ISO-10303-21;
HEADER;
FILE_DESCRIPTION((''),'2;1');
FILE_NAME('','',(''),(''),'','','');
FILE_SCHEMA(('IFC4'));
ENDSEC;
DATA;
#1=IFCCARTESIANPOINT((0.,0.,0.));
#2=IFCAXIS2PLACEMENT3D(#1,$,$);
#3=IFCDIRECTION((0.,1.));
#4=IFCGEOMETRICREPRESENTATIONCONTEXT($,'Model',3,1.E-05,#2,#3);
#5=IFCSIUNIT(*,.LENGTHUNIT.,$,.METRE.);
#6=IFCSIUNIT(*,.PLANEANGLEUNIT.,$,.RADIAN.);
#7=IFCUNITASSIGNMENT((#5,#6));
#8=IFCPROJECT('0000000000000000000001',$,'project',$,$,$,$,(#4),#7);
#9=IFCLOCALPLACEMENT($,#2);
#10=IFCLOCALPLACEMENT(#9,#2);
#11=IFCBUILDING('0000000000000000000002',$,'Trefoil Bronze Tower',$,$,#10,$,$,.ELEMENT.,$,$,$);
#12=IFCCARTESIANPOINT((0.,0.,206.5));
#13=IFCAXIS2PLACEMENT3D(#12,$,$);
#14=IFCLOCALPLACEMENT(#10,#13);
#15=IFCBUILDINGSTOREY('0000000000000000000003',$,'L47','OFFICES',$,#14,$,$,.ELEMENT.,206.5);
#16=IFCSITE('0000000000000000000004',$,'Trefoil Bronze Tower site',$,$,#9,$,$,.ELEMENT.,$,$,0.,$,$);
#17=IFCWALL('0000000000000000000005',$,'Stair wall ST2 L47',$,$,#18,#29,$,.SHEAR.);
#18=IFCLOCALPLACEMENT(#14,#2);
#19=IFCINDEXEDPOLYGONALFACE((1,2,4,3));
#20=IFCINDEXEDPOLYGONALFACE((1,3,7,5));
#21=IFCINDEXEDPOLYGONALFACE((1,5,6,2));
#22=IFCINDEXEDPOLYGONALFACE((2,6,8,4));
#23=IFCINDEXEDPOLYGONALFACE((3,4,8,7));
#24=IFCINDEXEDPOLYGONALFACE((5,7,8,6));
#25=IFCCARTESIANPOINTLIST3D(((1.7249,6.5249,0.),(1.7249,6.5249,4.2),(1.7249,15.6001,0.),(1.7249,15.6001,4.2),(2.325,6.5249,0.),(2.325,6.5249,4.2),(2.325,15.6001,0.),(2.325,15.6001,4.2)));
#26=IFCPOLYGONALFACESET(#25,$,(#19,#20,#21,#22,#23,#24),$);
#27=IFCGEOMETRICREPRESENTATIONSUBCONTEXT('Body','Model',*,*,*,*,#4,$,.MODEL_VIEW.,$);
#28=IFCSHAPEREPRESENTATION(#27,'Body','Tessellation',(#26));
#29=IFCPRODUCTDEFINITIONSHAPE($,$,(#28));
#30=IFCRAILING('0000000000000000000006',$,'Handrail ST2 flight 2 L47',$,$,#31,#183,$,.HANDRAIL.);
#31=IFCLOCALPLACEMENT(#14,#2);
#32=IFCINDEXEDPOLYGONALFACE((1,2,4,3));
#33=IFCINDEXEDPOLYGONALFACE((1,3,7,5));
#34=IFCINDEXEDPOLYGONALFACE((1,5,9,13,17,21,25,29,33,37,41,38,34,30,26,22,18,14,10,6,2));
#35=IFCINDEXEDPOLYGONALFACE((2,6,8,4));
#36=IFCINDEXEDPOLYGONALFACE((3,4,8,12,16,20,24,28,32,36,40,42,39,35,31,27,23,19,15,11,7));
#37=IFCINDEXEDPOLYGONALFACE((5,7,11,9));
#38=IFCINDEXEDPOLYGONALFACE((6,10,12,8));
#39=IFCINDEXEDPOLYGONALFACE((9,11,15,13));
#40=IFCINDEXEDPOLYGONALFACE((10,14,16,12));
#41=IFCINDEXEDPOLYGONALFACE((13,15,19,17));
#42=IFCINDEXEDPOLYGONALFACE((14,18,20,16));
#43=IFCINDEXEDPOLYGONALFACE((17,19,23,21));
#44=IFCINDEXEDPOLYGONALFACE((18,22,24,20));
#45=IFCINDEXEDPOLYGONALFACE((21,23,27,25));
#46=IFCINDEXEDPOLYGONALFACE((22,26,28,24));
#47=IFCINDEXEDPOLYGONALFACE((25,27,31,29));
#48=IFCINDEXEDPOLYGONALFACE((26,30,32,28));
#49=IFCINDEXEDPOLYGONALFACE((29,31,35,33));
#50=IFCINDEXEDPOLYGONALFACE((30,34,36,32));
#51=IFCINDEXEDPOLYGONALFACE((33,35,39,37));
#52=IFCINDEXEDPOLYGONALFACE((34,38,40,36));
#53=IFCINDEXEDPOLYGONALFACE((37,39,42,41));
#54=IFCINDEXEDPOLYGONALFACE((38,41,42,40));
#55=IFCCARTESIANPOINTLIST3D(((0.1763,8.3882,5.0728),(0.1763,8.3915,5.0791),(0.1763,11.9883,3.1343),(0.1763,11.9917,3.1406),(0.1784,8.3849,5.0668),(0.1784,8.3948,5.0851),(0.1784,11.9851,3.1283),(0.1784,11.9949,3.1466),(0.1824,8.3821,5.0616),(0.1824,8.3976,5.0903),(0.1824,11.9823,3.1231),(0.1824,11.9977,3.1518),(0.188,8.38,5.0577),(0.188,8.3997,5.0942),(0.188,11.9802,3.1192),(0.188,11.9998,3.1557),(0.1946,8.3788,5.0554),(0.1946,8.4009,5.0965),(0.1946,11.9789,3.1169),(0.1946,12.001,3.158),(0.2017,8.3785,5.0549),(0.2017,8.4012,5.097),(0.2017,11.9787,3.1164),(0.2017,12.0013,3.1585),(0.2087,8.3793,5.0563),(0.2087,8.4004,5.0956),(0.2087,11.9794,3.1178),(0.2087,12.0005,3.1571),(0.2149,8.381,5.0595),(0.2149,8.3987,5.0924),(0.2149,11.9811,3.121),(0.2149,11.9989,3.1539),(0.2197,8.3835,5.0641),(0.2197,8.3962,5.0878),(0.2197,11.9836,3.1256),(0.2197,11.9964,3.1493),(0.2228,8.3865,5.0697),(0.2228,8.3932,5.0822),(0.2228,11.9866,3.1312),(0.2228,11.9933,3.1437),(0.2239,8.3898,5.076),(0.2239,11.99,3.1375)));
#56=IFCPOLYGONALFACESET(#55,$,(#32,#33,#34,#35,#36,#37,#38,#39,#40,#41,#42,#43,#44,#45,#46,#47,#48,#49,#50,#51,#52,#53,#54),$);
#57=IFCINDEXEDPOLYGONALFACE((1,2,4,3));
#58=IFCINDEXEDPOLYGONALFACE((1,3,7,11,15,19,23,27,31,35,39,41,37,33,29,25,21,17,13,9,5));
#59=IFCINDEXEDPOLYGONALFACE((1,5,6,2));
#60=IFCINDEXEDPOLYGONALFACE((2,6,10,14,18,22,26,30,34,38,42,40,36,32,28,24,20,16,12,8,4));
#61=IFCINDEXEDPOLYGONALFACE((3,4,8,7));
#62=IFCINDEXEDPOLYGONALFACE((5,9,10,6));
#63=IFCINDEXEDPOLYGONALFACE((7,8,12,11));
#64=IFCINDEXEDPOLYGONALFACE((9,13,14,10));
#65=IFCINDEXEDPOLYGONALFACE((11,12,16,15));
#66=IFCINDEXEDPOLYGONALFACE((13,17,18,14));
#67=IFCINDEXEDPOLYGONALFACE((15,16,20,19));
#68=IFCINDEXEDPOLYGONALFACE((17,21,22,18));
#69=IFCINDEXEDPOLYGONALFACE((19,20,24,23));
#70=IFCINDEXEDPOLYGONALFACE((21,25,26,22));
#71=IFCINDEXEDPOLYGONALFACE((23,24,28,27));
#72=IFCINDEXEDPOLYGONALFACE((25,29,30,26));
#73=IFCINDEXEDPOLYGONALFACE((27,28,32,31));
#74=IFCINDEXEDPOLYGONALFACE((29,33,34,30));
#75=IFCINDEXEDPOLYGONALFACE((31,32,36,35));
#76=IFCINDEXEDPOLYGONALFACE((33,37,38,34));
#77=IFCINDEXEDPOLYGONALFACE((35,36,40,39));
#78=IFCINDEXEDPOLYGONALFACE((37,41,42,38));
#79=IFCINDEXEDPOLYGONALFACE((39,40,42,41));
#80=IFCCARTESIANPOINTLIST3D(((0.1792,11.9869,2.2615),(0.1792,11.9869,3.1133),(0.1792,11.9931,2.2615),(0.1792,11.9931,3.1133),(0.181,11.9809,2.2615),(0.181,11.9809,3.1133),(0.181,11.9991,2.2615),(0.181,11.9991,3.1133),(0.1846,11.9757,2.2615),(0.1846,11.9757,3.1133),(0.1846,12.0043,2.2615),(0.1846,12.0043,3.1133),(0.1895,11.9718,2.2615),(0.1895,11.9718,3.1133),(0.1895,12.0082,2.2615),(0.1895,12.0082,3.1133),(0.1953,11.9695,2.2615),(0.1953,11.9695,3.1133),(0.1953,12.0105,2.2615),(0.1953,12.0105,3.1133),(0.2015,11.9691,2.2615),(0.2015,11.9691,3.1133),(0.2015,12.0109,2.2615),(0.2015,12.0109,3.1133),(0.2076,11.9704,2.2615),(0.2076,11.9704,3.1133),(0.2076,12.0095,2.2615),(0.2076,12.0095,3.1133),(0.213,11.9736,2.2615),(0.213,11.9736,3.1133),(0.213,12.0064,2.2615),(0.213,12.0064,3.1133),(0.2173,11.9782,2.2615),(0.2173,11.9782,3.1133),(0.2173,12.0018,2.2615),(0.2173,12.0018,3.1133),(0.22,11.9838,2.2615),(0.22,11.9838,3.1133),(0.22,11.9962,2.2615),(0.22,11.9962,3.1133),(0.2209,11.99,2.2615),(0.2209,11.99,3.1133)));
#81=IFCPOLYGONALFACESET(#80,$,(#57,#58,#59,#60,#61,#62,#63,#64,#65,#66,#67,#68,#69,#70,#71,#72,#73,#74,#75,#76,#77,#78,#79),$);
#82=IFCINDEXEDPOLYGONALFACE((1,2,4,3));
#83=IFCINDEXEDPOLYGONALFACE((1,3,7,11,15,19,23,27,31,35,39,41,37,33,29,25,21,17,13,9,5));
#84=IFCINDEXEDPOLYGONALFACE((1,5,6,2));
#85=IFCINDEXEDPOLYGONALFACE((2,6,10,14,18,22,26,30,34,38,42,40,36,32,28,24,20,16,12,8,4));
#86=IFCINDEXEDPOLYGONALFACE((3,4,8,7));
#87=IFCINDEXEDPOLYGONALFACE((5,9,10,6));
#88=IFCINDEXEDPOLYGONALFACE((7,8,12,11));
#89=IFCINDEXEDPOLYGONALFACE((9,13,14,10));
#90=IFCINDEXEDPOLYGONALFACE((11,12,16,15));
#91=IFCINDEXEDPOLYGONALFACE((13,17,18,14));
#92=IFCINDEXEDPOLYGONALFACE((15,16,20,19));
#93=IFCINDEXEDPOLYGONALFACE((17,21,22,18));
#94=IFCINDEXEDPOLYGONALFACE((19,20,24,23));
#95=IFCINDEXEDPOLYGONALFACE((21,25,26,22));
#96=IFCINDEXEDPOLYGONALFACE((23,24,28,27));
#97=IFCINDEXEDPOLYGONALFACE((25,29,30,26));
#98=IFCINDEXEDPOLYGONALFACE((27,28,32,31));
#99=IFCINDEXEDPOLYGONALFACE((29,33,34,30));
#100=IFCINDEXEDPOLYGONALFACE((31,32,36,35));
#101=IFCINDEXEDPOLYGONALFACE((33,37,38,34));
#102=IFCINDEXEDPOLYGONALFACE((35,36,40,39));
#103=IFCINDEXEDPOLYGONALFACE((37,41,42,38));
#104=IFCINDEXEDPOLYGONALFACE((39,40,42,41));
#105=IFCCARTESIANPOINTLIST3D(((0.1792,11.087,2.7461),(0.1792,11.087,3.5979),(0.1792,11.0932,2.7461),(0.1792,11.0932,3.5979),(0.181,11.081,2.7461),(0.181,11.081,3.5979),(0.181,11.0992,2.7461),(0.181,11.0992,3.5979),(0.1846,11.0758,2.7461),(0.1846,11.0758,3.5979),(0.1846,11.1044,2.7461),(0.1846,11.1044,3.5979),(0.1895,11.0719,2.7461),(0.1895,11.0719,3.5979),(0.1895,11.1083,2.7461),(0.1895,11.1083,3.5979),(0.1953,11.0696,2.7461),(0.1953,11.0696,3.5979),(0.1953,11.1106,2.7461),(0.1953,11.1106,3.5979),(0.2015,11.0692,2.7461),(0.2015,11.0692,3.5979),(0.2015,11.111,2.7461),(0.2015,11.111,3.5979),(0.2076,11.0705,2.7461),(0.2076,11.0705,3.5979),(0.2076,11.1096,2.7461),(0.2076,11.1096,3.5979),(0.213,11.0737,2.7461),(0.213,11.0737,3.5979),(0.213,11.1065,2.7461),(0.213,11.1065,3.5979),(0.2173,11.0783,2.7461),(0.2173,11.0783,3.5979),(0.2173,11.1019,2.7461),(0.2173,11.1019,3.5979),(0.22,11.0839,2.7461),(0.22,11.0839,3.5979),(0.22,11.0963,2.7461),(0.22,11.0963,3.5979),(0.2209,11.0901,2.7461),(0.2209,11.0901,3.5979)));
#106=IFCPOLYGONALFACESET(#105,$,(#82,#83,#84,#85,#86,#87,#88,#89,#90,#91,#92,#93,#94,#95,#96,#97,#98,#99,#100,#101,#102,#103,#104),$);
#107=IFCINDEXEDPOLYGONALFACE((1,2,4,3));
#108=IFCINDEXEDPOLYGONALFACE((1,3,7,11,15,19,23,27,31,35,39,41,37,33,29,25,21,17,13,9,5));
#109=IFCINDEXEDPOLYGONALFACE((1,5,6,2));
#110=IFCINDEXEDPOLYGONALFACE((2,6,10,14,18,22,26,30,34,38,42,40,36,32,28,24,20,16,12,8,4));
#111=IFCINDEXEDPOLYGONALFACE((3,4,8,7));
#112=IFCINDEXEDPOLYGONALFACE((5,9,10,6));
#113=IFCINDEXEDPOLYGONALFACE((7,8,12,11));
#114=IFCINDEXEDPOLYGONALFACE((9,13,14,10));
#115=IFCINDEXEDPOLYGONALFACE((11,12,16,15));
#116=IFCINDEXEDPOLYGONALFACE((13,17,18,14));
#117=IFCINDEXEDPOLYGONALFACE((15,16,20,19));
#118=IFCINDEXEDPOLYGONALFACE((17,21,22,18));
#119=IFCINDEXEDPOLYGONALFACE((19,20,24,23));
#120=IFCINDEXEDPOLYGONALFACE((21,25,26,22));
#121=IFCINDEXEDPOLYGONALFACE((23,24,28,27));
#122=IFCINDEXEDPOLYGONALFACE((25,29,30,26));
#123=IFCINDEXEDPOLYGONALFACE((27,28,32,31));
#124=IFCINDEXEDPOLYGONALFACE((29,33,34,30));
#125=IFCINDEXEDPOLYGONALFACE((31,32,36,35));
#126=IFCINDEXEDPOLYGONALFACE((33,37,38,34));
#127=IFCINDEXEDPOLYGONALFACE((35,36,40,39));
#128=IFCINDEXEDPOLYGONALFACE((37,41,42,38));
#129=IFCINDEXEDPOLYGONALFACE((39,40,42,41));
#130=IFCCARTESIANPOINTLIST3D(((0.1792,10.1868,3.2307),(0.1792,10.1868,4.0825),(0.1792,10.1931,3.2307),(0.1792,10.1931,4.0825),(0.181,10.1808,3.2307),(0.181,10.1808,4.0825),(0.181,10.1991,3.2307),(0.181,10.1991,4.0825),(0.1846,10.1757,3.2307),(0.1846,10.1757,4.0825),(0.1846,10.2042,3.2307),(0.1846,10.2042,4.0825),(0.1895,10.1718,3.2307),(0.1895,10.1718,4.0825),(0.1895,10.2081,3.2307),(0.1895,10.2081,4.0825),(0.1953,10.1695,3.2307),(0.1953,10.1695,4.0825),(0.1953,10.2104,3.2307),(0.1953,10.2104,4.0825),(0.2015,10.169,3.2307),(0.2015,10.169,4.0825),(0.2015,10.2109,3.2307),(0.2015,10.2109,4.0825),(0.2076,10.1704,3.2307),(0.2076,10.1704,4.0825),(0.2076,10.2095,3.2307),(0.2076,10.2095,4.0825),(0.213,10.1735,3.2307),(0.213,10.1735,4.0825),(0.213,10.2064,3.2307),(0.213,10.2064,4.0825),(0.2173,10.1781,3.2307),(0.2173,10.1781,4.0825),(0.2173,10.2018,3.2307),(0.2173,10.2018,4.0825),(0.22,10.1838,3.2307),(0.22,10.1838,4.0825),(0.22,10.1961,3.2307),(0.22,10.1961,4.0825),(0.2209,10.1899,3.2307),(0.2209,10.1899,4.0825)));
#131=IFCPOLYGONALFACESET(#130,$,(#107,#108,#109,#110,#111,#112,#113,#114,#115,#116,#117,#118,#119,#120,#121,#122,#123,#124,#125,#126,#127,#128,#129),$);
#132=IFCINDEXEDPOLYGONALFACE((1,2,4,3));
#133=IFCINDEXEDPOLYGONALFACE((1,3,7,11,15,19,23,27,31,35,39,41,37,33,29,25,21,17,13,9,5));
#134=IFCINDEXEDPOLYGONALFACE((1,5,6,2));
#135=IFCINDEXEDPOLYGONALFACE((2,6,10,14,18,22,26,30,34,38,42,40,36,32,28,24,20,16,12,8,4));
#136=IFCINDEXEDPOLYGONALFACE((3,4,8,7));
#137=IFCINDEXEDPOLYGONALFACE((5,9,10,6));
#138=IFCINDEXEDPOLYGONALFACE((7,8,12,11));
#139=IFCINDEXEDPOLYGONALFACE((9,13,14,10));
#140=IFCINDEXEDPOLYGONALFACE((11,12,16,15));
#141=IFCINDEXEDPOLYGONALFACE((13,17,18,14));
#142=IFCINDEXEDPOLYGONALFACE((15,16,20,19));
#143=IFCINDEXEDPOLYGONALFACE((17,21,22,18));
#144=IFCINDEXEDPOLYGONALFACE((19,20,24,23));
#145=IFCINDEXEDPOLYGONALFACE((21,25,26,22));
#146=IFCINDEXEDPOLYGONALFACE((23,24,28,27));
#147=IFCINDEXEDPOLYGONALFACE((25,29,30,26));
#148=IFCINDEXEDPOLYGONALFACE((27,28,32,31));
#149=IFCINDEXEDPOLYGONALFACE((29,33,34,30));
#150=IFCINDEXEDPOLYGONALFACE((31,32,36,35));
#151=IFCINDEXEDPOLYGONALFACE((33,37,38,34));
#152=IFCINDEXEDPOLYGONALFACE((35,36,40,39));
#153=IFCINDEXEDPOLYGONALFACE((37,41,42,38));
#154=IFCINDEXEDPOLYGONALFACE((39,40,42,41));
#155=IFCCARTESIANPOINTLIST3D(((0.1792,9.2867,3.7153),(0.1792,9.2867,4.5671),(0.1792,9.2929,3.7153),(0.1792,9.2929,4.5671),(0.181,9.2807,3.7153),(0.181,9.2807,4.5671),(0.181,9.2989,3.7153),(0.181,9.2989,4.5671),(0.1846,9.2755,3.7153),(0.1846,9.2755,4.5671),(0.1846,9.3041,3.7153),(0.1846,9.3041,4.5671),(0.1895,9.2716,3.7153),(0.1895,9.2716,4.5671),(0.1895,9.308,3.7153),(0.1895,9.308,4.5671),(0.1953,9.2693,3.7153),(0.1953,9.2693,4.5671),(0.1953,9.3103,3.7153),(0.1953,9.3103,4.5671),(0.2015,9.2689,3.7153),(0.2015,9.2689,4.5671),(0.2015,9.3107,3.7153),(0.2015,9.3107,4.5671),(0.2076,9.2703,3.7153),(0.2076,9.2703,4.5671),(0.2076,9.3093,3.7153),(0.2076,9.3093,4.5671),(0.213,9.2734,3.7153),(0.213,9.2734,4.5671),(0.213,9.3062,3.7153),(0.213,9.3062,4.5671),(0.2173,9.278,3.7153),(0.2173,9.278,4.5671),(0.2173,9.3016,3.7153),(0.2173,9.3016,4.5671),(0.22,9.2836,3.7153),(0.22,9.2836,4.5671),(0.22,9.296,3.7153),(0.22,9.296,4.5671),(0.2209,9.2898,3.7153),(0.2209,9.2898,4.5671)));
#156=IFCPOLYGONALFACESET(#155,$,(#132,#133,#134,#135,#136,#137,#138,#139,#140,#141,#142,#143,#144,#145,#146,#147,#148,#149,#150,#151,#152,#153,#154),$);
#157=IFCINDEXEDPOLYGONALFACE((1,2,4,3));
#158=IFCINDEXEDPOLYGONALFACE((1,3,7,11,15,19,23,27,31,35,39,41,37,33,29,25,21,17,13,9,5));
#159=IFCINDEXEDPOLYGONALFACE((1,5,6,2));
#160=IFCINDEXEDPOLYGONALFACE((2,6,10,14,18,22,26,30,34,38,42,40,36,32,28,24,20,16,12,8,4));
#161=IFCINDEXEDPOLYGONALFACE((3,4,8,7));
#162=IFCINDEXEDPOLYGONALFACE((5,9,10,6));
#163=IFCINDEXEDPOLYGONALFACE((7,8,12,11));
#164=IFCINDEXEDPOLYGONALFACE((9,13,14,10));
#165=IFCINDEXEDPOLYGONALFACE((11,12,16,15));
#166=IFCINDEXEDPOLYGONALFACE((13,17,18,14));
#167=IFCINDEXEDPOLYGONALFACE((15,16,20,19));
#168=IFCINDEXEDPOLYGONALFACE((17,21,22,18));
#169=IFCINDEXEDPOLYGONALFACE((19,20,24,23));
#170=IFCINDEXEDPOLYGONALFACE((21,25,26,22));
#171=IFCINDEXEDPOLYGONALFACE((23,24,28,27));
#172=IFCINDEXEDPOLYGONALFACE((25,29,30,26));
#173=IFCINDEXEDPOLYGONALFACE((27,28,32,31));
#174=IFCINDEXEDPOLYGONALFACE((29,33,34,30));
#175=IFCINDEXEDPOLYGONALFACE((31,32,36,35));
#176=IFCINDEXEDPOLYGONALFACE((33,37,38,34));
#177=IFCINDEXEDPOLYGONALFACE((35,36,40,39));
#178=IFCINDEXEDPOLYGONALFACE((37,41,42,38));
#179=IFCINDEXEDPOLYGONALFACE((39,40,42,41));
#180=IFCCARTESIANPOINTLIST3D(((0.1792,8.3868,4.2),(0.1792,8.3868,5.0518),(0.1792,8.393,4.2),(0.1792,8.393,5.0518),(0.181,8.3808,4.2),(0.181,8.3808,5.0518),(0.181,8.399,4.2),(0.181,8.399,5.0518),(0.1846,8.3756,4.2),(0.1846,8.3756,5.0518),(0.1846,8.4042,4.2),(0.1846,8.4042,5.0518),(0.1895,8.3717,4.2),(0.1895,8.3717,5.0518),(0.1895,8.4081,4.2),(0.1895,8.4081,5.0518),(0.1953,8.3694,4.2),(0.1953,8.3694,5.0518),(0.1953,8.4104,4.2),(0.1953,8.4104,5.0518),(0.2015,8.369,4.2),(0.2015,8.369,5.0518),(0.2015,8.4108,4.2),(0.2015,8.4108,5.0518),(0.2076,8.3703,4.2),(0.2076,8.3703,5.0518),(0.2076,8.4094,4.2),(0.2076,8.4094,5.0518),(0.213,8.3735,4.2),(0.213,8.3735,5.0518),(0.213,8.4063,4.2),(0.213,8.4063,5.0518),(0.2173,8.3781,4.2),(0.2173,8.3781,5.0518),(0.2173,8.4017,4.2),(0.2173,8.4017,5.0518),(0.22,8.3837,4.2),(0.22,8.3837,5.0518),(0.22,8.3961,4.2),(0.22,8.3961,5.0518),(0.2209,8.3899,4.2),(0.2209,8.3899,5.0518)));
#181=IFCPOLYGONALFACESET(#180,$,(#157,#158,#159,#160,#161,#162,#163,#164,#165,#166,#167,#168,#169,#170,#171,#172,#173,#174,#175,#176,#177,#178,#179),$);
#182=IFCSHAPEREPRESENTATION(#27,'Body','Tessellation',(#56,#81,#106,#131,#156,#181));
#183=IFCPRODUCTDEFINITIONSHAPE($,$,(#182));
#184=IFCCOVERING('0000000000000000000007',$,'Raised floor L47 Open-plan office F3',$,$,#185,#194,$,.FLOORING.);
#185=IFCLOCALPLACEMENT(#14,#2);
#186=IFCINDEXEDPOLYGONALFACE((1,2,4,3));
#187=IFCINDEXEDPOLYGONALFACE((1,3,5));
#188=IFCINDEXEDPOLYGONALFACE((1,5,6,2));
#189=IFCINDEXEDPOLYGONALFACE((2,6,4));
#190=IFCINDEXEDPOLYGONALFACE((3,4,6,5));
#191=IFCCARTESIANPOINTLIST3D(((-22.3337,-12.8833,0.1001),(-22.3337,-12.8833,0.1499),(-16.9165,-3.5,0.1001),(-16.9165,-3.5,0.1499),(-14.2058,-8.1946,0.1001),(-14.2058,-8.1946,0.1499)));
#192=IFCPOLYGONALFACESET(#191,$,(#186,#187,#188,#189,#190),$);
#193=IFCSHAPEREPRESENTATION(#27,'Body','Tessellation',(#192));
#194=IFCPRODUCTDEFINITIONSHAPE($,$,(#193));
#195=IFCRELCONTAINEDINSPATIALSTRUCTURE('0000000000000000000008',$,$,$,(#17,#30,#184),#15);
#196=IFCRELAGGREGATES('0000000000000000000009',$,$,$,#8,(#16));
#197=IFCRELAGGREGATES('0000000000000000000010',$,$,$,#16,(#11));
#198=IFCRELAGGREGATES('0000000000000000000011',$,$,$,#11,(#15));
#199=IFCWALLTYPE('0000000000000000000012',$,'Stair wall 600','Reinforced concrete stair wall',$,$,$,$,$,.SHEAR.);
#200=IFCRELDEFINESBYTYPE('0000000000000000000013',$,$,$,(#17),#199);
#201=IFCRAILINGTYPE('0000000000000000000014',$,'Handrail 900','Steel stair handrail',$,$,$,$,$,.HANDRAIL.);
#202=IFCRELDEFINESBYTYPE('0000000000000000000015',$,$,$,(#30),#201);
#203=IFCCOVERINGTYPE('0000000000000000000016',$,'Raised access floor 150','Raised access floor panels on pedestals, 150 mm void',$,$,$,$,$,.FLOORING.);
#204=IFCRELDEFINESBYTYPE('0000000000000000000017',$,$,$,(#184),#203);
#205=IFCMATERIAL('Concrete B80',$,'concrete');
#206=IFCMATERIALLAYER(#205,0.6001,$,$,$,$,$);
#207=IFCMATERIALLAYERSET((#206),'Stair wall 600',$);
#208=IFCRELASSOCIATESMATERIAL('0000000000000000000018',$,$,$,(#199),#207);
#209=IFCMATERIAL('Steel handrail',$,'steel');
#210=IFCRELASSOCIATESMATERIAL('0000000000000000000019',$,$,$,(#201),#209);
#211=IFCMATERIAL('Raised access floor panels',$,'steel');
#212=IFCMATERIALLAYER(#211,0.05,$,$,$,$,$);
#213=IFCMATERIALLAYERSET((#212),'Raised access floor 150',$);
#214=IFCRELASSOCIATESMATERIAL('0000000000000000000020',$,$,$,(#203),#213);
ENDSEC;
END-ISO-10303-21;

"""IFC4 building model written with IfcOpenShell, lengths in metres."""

from ifc_helpers import new_model, si_unit, direction, frame, frame_2d, origin, origin_2d, place, context, subcontext, project, spatial, polyline, rectangle, circle, outline, extrude, material, layer, layer_set, type_object, element, save


model = new_model("IFC4")

# Units and contexts
model_context = context("Model", 3, precision=1e-05, world=origin(), true_north=direction((0.0, 1.0)))
body_context = subcontext(model_context, "Body", "Model", "MODEL_VIEW")
ifc_project = project(units=[si_unit("LENGTHUNIT", "METRE"), si_unit("PLANEANGLEUNIT", "RADIAN")], contexts=[model_context])

# Site, building, storey
site_placement = place(None, origin())
site = spatial("IfcSite", under=ifc_project, at=site_placement, Name="Trefoil Bronze Tower site", CompositionType="ELEMENT", RefElevation=0.0)
building_placement = place(site_placement, origin())
building = spatial("IfcBuilding", under=site, at=building_placement, Name="Trefoil Bronze Tower", CompositionType="ELEMENT")
storey_placement = place(building_placement, frame((0.0, 0.0, 206.5)))
storey = spatial("IfcBuildingStorey", under=building, at=storey_placement, Name="L47", Description="OFFICES", CompositionType="ELEMENT", Elevation=206.5)

# Wall
ifc_material_1 = material(Name="Concrete B80", Category="concrete")
ifc_layer_1 = layer(ifc_material_1, 0.6001)
ifc_layer_set_1 = layer_set([ifc_layer_1], Name="Stair wall 600")
wall_type_1 = type_object("IfcWallType", Name="Stair wall 600", Description="Reinforced concrete stair wall", PredefinedType="SHEAR", material=ifc_layer_set_1)
wall_1_placement = place(storey_placement, frame((2.0249, 6.5249, 0.0), z_axis=(0.0, 0.0, 1.0), x_axis=(0.0, 1.0, 0.0)))
element("IfcWall", 1, at=wall_1_placement, inside=storey, type_object=wall_type_1, Name="Stair wall ST2 L47", PredefinedType="SHEAR", context=body_context, shape_type="SweptSolid", body=[
    extrude(rectangle(XDim=9.0752, YDim=0.6001, at=frame_2d((4.5376, 0.0))), origin(), (0.0, 0.0, 1.0), 4.2),
])

# Railing
ifc_material_2 = material(Name="Steel handrail", Category="steel")
railing_type = type_object("IfcRailingType", Name="Handrail 900", Description="Steel stair handrail", PredefinedType="HANDRAIL", material=ifc_material_2)
railing_placement = place(storey_placement, frame((0.2, 11.99, 2.2615)))
element("IfcRailing", 2, at=railing_placement, inside=storey, type_object=railing_type, Name="Handrail ST2 flight 2 L47", PredefinedType="HANDRAIL", context=body_context, shape_type="SweptSolid", body=[
    extrude(circle(Radius=0.0239, at=origin_2d()), frame((0.0, 0.0, 0.876), z_axis=(0.0, -0.880475, 0.474093), x_axis=(1.0, 0.0, 0.0)), (0.0, 0.0, 1.0), 4.0889),
    extrude(circle(Radius=0.021, at=origin_2d()), origin(), (0.0, 0.0, 1.0), 0.8518),
    extrude(circle(Radius=0.021, at=origin_2d()), frame((0.0, -0.8999, 0.4846)), (0.0, 0.0, 1.0), 0.8518),
    extrude(circle(Radius=0.021, at=origin_2d()), frame((0.0, -1.8, 0.9692)), (0.0, 0.0, 1.0), 0.8518),
    extrude(circle(Radius=0.021, at=origin_2d()), frame((0.0, -2.7002, 1.4539)), (0.0, 0.0, 1.0), 0.8518),
    extrude(circle(Radius=0.021, at=origin_2d()), frame((0.0, -3.6001, 1.9385)), (0.0, 0.0, 1.0), 0.8518),
])

# Covering
ifc_material_3 = material(Name="Raised access floor panels", Category="steel")
ifc_layer_2 = layer(ifc_material_3, 0.05)
ifc_layer_set_2 = layer_set([ifc_layer_2], Name="Raised access floor 150")
covering_type = type_object("IfcCoveringType", Name="Raised access floor 150", Description="Raised access floor panels on pedestals, 150 mm void", PredefinedType="FLOORING", material=ifc_layer_set_2)
covering_placement = place(storey_placement, frame((0.0, 0.0, 0.1001)))
element("IfcCovering", 3, at=covering_placement, inside=storey, type_object=covering_type, Name="Raised floor L47 Open-plan office F3", PredefinedType="FLOORING", context=body_context, shape_type="SweptSolid", body=[
    extrude(outline(polyline([(-16.9165, -3.5), (-14.2058, -8.1946), (-22.3337, -12.8833), (-16.9165, -3.5)])), origin(), (0.0, 0.0, 1.0), 0.0498),
])

save(model, "model.ifc")
